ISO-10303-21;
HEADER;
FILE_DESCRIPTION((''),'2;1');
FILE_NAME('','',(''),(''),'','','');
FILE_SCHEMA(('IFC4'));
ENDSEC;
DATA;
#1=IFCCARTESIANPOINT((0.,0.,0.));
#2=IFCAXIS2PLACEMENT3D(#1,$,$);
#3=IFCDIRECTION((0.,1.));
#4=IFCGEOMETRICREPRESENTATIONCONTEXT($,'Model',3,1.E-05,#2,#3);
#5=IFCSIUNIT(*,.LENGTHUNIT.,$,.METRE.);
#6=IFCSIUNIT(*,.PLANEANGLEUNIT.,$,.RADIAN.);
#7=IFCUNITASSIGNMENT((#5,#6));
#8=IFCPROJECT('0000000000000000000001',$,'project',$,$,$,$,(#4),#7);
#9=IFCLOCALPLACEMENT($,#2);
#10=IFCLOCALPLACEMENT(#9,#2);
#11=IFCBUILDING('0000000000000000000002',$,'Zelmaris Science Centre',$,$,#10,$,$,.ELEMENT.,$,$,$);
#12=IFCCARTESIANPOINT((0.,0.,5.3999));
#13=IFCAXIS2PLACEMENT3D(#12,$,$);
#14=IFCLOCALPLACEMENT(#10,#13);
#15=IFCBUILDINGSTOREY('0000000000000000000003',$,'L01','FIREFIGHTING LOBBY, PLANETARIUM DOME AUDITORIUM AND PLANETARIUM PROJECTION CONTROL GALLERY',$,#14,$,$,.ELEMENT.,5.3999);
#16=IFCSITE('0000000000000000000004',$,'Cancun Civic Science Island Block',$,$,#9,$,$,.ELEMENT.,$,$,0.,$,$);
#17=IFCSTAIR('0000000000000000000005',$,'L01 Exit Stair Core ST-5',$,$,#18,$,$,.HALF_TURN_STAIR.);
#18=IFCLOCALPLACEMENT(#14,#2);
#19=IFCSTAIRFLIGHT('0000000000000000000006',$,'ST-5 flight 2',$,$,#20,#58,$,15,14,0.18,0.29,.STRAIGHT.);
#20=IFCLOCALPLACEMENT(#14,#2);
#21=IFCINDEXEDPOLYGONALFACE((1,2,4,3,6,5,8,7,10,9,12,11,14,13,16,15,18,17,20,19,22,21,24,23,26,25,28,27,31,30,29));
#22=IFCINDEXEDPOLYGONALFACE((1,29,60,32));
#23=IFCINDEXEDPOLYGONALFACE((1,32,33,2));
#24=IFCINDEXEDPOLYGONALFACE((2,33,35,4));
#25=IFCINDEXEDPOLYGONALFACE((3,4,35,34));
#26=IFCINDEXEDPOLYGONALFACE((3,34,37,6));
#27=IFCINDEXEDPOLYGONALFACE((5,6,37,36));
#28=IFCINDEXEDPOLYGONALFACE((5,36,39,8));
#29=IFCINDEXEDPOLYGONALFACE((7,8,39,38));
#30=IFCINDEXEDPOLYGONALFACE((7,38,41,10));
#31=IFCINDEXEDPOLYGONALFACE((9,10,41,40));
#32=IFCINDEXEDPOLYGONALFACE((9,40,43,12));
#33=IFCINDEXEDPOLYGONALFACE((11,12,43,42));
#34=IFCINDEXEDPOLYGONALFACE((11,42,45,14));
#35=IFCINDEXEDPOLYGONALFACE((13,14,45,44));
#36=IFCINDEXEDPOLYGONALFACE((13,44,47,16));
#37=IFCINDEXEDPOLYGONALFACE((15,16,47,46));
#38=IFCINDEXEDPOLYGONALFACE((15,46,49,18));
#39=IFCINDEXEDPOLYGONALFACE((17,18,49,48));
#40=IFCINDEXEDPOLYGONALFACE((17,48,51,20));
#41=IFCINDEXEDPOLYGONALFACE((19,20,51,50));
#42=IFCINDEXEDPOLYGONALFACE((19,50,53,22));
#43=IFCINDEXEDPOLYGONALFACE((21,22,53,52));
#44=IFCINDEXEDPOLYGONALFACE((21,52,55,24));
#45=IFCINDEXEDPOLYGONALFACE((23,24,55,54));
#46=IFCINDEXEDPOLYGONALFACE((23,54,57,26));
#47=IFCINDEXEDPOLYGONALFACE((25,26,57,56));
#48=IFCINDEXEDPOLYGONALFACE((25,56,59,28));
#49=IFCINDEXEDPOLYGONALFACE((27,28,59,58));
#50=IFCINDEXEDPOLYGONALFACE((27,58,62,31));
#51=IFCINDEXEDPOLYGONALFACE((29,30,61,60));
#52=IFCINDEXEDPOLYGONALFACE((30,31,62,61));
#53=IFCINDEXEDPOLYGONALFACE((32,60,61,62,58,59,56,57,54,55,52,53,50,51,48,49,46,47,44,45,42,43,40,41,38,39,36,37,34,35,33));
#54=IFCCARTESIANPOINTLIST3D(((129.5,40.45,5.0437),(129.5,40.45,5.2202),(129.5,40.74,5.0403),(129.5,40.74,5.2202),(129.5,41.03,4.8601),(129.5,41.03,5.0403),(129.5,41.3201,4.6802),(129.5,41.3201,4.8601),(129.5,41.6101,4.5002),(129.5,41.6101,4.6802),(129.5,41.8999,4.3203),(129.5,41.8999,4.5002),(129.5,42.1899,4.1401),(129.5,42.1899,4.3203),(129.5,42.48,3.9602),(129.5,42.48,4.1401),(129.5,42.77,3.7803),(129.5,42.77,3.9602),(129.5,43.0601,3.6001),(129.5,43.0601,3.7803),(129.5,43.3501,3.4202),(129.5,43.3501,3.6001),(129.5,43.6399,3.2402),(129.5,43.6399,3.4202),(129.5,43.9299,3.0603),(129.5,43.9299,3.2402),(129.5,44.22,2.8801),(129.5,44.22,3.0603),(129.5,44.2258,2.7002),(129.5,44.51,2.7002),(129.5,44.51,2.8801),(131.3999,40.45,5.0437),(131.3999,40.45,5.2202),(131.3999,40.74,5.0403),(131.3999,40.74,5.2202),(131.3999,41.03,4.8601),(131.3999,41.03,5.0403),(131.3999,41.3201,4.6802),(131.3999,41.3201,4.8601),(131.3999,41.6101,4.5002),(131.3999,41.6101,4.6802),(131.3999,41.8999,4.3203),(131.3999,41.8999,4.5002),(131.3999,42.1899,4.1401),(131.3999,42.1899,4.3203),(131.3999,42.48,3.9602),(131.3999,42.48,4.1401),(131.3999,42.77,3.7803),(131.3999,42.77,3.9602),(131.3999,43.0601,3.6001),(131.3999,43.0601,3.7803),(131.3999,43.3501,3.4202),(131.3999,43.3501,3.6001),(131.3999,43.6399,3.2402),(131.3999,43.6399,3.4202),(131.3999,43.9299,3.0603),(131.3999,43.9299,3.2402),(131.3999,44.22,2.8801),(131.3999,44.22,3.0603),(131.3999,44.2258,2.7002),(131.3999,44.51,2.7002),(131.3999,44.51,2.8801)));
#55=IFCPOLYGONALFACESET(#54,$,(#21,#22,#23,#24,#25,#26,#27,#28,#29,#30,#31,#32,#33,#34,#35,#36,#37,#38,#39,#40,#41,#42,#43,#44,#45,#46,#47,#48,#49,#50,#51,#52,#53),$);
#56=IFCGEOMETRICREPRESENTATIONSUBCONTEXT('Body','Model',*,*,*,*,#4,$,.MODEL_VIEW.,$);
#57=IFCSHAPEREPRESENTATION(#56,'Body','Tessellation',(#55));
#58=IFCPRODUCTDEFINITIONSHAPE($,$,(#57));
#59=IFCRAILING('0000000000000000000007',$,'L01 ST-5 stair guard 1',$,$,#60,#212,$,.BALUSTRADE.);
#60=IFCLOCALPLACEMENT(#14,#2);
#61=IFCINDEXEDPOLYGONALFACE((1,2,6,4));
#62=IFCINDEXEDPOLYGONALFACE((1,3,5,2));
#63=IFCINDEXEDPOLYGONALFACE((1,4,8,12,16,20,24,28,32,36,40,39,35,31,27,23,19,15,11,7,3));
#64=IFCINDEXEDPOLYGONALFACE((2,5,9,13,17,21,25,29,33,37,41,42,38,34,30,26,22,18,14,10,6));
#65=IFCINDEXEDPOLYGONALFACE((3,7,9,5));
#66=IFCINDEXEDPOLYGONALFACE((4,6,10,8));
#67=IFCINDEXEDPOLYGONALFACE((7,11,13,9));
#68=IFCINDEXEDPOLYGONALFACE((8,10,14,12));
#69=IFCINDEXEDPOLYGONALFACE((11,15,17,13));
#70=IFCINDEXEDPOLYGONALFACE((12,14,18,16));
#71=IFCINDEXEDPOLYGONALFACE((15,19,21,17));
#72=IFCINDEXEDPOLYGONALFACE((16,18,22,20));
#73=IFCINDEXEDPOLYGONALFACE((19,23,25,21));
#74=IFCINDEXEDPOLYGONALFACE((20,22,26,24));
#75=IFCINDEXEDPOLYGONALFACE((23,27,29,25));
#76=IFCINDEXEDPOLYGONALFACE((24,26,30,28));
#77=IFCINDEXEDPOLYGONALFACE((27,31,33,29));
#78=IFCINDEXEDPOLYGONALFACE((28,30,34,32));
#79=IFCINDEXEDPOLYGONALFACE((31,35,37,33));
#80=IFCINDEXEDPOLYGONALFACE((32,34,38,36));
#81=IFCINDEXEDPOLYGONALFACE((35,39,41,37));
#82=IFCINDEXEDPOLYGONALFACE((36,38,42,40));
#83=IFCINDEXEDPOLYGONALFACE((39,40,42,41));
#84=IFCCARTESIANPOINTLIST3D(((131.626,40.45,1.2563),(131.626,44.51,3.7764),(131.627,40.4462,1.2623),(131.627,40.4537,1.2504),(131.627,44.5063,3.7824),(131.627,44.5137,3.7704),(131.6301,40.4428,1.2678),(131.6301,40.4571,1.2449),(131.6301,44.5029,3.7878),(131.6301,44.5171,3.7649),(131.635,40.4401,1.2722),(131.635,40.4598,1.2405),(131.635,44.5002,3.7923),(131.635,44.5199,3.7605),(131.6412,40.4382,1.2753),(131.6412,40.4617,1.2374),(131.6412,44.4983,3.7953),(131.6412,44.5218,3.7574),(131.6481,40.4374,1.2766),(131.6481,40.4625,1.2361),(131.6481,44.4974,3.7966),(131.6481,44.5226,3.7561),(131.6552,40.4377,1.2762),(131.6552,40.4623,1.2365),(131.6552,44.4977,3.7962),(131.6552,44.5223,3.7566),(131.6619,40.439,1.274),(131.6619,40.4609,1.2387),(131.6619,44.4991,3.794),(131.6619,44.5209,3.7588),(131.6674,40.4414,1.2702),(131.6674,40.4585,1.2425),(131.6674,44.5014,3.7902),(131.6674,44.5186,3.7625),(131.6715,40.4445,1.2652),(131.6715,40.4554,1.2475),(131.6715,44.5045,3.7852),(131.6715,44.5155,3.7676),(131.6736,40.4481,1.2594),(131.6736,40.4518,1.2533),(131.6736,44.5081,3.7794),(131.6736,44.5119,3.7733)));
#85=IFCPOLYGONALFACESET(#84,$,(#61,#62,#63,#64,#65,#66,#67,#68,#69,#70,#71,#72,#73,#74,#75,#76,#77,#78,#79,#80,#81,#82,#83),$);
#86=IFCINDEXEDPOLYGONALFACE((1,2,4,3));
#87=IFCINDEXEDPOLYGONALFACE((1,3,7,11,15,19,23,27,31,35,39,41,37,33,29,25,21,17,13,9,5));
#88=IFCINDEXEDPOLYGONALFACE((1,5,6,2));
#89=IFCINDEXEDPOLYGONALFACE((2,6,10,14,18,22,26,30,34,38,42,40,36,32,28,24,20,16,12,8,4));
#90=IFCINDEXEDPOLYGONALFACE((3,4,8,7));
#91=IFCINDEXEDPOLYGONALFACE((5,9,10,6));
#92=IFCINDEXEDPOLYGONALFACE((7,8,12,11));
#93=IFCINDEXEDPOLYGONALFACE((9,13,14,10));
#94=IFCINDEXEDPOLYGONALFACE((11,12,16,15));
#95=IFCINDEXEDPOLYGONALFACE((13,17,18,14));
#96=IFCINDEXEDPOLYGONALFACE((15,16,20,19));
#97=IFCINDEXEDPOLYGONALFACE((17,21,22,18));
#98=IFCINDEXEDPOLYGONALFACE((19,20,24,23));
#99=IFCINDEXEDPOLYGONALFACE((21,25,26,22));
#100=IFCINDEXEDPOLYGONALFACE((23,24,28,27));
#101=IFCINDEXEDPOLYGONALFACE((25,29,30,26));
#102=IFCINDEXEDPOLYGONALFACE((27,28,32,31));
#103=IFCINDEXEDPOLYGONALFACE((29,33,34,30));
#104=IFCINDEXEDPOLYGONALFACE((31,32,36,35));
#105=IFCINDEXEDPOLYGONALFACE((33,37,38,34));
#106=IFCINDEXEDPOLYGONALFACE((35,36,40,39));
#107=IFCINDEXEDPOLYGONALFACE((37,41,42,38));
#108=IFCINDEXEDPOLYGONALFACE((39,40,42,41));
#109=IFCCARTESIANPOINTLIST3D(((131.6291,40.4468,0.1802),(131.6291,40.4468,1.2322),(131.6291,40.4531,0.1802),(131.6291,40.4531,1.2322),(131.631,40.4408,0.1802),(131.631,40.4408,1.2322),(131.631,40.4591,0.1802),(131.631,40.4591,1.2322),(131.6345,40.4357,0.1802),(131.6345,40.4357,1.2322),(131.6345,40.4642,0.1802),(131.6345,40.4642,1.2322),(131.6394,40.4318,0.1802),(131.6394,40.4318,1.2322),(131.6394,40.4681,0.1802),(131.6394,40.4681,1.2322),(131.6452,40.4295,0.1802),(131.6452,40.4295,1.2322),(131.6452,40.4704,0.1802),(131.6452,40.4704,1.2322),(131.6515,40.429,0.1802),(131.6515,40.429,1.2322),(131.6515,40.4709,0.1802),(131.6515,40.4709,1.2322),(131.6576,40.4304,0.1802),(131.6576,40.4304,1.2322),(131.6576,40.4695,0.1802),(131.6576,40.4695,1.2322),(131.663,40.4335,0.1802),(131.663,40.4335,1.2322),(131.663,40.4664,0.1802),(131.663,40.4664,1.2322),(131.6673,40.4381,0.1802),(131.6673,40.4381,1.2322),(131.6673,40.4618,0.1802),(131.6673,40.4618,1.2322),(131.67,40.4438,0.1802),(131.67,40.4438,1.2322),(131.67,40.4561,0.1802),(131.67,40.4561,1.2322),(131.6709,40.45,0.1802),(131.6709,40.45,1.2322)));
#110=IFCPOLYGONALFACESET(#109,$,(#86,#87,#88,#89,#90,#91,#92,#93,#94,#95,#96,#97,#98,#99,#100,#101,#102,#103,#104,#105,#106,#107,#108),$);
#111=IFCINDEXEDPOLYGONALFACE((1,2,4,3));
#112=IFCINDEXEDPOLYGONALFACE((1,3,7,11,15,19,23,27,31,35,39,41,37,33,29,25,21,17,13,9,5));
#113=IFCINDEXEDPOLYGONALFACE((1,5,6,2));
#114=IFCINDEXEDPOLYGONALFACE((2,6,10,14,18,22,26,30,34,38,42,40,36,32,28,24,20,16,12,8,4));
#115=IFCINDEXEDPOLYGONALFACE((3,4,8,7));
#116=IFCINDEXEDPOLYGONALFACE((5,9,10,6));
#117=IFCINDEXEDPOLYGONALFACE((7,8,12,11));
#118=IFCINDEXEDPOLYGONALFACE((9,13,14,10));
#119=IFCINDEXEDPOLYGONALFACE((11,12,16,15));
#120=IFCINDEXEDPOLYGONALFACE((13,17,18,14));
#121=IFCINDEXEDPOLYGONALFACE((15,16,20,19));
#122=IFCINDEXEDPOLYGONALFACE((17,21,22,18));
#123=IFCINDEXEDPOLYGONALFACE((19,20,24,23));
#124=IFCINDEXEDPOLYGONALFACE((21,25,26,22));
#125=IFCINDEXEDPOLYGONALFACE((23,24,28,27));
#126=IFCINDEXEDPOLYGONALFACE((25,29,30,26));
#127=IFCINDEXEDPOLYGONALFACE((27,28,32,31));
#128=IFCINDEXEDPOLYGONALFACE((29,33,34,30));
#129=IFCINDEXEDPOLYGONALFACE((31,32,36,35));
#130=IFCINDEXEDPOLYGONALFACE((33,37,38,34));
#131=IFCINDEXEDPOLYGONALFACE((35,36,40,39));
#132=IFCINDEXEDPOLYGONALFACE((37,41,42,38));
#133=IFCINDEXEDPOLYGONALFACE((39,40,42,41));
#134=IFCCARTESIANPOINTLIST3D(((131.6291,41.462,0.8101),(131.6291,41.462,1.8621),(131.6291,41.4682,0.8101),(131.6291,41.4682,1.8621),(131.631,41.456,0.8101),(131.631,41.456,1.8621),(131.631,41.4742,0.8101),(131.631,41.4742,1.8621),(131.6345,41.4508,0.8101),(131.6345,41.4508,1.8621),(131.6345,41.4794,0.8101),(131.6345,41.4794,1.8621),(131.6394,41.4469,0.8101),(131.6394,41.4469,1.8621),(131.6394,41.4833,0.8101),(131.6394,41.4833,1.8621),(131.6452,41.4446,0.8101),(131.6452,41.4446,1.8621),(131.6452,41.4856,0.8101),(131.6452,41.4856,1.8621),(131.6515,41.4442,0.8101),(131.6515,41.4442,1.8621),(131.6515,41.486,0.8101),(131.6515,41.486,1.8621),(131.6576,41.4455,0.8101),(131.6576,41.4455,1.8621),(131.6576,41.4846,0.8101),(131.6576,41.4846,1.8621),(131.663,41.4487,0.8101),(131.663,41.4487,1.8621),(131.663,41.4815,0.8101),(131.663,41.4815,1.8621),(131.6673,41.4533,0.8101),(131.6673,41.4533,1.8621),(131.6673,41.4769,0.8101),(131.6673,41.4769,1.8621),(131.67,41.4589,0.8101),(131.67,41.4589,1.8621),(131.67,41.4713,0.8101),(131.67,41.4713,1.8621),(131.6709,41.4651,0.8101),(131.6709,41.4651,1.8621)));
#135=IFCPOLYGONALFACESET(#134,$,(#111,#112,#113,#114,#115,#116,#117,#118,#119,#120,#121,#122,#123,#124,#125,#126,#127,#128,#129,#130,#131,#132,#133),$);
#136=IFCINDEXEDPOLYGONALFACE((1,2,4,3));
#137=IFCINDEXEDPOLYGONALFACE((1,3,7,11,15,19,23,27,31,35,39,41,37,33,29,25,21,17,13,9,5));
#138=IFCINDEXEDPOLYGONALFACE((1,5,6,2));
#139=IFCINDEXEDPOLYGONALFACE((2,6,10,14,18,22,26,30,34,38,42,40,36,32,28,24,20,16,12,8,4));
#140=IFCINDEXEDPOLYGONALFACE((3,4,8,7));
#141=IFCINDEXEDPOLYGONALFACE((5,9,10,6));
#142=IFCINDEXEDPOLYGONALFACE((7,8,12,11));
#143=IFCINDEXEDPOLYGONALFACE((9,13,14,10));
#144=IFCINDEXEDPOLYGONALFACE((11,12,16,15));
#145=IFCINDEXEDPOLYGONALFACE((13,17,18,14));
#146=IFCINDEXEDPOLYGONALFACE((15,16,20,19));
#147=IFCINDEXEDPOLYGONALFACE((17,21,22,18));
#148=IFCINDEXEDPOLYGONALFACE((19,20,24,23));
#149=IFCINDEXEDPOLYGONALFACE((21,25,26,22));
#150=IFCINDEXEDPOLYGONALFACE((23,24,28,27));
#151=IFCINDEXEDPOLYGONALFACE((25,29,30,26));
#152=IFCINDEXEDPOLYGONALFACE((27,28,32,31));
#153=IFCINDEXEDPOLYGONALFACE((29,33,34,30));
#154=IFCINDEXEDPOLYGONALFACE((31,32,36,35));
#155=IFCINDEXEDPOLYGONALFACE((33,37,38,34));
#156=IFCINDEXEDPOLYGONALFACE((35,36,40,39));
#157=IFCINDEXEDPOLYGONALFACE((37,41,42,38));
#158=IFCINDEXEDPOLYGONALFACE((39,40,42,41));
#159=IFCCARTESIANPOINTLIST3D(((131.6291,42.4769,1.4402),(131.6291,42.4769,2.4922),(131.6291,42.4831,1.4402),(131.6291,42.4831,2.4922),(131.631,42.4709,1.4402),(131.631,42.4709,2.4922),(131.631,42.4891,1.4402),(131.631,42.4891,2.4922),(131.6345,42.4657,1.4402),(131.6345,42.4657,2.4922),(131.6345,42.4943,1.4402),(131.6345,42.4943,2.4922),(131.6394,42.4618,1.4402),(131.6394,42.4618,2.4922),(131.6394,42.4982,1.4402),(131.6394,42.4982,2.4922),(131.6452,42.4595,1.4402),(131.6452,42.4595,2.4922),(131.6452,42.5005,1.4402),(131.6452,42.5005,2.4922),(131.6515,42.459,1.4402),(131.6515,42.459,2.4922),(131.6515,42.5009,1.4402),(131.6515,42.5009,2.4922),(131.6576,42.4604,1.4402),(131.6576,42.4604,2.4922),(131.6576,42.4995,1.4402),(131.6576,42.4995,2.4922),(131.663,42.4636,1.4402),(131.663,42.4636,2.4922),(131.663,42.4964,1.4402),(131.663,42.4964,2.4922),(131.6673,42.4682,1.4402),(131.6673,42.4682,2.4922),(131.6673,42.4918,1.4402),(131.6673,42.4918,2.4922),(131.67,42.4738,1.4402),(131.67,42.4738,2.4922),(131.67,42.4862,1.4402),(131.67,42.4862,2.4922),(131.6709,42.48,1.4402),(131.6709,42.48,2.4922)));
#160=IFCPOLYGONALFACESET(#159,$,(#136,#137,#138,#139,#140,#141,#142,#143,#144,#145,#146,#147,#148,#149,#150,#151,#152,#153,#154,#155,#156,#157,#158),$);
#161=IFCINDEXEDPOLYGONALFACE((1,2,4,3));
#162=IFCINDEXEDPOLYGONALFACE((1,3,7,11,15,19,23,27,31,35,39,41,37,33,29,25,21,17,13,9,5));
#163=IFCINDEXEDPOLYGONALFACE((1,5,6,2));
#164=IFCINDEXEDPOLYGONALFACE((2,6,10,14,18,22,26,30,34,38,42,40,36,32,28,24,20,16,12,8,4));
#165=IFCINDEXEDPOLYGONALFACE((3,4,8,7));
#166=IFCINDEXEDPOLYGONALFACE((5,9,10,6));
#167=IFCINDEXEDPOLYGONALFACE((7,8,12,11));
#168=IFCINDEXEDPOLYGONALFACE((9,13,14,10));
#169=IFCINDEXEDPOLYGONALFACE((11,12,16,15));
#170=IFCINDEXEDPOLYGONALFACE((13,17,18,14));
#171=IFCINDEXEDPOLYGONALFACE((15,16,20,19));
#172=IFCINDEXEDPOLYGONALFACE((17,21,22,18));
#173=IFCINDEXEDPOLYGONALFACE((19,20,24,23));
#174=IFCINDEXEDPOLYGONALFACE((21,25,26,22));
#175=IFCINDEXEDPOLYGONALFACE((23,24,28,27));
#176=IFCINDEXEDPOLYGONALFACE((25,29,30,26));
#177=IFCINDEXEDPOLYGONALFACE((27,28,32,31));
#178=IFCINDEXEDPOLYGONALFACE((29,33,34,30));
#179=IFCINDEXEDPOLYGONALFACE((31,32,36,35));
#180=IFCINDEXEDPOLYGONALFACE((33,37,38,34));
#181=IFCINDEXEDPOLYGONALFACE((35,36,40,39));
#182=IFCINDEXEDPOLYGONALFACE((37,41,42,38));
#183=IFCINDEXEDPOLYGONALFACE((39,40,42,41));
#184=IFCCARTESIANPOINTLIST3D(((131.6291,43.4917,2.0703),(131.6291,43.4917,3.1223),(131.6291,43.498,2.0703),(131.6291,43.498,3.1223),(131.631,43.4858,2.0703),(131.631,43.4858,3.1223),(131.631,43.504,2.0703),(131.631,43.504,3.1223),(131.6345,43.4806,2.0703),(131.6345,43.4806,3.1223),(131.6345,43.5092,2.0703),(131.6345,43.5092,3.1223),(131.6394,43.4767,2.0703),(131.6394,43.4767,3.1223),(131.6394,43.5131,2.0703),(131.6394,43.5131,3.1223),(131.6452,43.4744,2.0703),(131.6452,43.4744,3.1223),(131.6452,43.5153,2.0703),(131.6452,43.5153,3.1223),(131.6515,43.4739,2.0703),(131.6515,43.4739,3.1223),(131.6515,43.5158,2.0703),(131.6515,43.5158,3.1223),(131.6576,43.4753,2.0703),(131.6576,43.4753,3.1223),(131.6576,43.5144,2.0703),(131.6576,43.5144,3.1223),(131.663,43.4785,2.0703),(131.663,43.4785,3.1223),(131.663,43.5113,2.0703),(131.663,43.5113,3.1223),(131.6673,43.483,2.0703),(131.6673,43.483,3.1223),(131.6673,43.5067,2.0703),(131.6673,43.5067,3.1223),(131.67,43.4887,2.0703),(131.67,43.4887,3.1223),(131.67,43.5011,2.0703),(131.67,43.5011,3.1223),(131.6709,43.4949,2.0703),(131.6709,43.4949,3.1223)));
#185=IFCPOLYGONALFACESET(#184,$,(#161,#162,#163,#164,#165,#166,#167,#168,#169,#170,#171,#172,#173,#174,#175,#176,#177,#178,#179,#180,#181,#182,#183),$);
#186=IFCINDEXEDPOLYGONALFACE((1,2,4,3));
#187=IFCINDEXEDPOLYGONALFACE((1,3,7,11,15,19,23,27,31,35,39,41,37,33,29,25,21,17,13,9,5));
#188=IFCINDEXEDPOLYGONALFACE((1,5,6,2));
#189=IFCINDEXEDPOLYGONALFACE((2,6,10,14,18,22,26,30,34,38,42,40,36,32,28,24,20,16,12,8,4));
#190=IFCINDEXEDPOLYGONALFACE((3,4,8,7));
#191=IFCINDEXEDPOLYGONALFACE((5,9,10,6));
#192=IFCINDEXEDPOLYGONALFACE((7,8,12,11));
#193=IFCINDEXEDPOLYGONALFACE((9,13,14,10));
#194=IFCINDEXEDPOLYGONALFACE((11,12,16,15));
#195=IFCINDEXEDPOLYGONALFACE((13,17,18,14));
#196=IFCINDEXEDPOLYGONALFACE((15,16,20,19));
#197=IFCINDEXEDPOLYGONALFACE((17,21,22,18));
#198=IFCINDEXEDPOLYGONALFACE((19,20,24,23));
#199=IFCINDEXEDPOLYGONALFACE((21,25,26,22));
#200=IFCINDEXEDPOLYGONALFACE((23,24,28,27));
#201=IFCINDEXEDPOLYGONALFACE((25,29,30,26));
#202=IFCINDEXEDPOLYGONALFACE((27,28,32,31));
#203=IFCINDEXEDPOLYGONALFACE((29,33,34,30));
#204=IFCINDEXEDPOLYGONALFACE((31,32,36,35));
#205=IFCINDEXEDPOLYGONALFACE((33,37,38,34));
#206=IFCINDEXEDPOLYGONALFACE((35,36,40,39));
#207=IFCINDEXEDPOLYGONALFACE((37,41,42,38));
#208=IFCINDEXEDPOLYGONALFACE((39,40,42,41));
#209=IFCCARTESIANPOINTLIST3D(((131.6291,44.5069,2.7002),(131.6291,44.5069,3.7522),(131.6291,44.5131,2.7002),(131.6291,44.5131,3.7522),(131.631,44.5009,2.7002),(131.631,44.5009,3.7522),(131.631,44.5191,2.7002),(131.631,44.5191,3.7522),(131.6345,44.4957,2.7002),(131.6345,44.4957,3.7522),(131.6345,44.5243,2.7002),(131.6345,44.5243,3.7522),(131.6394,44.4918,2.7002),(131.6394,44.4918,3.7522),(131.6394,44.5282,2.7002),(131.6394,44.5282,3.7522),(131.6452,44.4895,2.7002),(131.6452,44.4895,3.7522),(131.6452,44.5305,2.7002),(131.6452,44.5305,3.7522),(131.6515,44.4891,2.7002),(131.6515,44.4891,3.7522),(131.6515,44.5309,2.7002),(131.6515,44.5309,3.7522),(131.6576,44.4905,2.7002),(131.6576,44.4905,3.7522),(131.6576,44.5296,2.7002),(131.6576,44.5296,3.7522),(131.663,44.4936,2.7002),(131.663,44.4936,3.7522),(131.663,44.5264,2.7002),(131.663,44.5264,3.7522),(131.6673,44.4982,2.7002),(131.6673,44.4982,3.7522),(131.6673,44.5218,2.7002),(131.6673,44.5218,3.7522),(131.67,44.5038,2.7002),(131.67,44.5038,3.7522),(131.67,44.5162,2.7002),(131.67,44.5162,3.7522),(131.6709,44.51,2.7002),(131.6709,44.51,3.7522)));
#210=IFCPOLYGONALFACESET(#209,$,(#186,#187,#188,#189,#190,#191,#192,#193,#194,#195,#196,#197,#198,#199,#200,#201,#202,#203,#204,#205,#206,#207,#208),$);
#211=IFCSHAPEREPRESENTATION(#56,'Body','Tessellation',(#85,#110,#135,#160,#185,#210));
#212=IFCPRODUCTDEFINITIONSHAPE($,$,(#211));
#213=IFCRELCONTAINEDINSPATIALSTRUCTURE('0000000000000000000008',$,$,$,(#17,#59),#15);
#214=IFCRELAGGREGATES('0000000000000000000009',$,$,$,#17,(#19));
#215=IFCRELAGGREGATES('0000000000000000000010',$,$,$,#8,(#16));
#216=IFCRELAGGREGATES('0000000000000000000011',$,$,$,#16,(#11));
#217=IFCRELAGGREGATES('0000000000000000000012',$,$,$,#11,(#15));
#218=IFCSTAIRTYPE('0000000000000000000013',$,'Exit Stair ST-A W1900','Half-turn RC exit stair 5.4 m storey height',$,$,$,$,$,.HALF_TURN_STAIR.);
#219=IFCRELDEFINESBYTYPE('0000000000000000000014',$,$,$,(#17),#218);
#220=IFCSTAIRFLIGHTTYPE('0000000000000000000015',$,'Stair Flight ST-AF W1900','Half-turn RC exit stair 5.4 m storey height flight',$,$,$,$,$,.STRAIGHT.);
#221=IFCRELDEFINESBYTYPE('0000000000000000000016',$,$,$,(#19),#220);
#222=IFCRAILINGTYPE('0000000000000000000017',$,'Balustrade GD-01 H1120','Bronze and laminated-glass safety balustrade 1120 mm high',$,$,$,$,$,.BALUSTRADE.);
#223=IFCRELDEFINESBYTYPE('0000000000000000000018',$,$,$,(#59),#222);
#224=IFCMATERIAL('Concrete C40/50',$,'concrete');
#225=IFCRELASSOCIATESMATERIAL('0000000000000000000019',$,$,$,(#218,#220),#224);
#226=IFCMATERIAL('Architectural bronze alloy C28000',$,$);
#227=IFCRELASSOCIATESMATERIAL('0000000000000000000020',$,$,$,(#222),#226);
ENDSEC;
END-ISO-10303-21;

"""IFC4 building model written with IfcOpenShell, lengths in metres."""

from ifc_helpers import new_model, si_unit, direction, frame, origin, origin_2d, place, context, subcontext, project, spatial, polyline, circle, outline, extrude, material, type_object, element, aggregate, save


model = new_model("IFC4")

# Units and contexts
model_context = context("Model", 3, precision=1e-05, world=origin(), true_north=direction((0.0, 1.0)))
body_context = subcontext(model_context, "Body", "Model", "MODEL_VIEW")
ifc_project = project(units=[si_unit("LENGTHUNIT", "METRE"), si_unit("PLANEANGLEUNIT", "RADIAN")], contexts=[model_context])

# Site, building, storey
site_placement = place(None, origin())
site = spatial("IfcSite", under=ifc_project, at=site_placement, Name="Cancun Civic Science Island Block", CompositionType="ELEMENT", RefElevation=0.0)
building_placement = place(site_placement, origin())
building = spatial("IfcBuilding", under=site, at=building_placement, Name="Zelmaris Science Centre", CompositionType="ELEMENT")
storey_placement = place(building_placement, frame((0.0, 0.0, 5.3999)))
storey = spatial("IfcBuildingStorey", under=building, at=storey_placement, Name="L01", Description="FIREFIGHTING LOBBY, PLANETARIUM DOME AUDITORIUM AND PLANETARIUM PROJECTION CONTROL GALLERY", CompositionType="ELEMENT", Elevation=5.3999)

# Shared definitions
ifc_material_1 = material(Name="Concrete C40/50", Category="concrete")

# Stair, stair flight
stair_type = type_object("IfcStairType", Name="Exit Stair ST-A W1900", Description="Half-turn RC exit stair 5.4 m storey height", PredefinedType="HALF_TURN_STAIR", material=ifc_material_1)
stair_placement = place(storey_placement, origin())
stair = element("IfcStair", 1, at=stair_placement, inside=storey, type_object=stair_type, Name="L01 Exit Stair Core ST-5", PredefinedType="HALF_TURN_STAIR")
stair_flight_type = type_object("IfcStairFlightType", Name="Stair Flight ST-AF W1900", Description="Half-turn RC exit stair 5.4 m storey height flight", PredefinedType="STRAIGHT", material=ifc_material_1)
stair_flight_1_placement = place(storey_placement, frame((130.45, 44.51, 2.7002), z_axis=(0.0, 0.0, 1.0), x_axis=(0.0, -1.0, 0.0)))
stair_flight_1 = element("IfcStairFlight", 2, at=stair_flight_1_placement, type_object=stair_flight_type, Name="ST-5 flight 2", NumberOfRisers=15, NumberOfTreads=14, PredefinedType="STRAIGHT", RiserHeight=0.18, TreadLength=0.29, context=body_context, shape_type="SweptSolid", body=[
    extrude(outline(polyline([(0.0, 0.0), (0.0, 0.1799), (0.29, 0.1799), (0.29, 0.3601), (0.5801, 0.3601), (0.5801, 0.54), (0.8701, 0.54), (0.8701, 0.72), (1.1599, 0.72), (1.1599, 0.8999), (1.45, 0.8999), (1.45, 1.0801), (1.74, 1.0801), (1.74, 1.26), (2.03, 1.26), (2.03, 1.4399), (2.3201, 1.4399), (2.3201, 1.6201), (2.6101, 1.6201), (2.6101, 1.8), (2.8999, 1.8), (2.8999, 1.98), (3.1899, 1.98), (3.1899, 2.1599), (3.48, 2.1599), (3.48, 2.3401), (3.77, 2.3401), (3.77, 2.52), (4.0601, 2.52), (4.0601, 2.7), (4.0601, 2.3435), (0.2842, 0.0), (0.0, 0.0)])), frame((0.0, 0.95, 0.0), z_axis=(0.0, -1.0, 0.0), x_axis=(1.0, 0.0, 0.0)), (0.0, 0.0, 1.0), 1.8999),
])
aggregate(stair, [stair_flight_1])

# Railing
ifc_material_2 = material(Name="Architectural bronze alloy C28000")
railing_type_1 = type_object("IfcRailingType", Name="Balustrade GD-01 H1120", Description="Bronze and laminated-glass safety balustrade 1120 mm high", PredefinedType="BALUSTRADE", material=ifc_material_2)
railing_1_placement = place(storey_placement, frame((131.6499, 40.45, 0.1802)))
element("IfcRailing", 3, at=railing_1_placement, inside=storey, type_object=railing_type_1, Name="L01 ST-5 stair guard 1", PredefinedType="BALUSTRADE", context=body_context, shape_type="SweptSolid", body=[
    extrude(circle(Radius=0.0239, at=origin_2d()), frame((0.0, 0.0, 1.0762), z_axis=(0.0, 0.849642, 0.52736), x_axis=(-1.0, 0.0, 0.0)), (0.0, 0.0, 1.0), 4.7786),
    extrude(circle(Radius=0.021, at=origin_2d()), origin(), (0.0, 0.0, 1.0), 1.052),
    extrude(circle(Radius=0.021, at=origin_2d()), frame((0.0, 1.0151, 0.6299)), (0.0, 0.0, 1.0), 1.052),
    extrude(circle(Radius=0.021, at=origin_2d()), frame((0.0, 2.03, 1.26)), (0.0, 0.0, 1.0), 1.052),
    extrude(circle(Radius=0.021, at=origin_2d()), frame((0.0, 3.0449, 1.8901)), (0.0, 0.0, 1.0), 1.052),
    extrude(circle(Radius=0.021, at=origin_2d()), frame((0.0, 4.0601, 2.52)), (0.0, 0.0, 1.0), 1.052),
])

save(model, "model.ifc")
